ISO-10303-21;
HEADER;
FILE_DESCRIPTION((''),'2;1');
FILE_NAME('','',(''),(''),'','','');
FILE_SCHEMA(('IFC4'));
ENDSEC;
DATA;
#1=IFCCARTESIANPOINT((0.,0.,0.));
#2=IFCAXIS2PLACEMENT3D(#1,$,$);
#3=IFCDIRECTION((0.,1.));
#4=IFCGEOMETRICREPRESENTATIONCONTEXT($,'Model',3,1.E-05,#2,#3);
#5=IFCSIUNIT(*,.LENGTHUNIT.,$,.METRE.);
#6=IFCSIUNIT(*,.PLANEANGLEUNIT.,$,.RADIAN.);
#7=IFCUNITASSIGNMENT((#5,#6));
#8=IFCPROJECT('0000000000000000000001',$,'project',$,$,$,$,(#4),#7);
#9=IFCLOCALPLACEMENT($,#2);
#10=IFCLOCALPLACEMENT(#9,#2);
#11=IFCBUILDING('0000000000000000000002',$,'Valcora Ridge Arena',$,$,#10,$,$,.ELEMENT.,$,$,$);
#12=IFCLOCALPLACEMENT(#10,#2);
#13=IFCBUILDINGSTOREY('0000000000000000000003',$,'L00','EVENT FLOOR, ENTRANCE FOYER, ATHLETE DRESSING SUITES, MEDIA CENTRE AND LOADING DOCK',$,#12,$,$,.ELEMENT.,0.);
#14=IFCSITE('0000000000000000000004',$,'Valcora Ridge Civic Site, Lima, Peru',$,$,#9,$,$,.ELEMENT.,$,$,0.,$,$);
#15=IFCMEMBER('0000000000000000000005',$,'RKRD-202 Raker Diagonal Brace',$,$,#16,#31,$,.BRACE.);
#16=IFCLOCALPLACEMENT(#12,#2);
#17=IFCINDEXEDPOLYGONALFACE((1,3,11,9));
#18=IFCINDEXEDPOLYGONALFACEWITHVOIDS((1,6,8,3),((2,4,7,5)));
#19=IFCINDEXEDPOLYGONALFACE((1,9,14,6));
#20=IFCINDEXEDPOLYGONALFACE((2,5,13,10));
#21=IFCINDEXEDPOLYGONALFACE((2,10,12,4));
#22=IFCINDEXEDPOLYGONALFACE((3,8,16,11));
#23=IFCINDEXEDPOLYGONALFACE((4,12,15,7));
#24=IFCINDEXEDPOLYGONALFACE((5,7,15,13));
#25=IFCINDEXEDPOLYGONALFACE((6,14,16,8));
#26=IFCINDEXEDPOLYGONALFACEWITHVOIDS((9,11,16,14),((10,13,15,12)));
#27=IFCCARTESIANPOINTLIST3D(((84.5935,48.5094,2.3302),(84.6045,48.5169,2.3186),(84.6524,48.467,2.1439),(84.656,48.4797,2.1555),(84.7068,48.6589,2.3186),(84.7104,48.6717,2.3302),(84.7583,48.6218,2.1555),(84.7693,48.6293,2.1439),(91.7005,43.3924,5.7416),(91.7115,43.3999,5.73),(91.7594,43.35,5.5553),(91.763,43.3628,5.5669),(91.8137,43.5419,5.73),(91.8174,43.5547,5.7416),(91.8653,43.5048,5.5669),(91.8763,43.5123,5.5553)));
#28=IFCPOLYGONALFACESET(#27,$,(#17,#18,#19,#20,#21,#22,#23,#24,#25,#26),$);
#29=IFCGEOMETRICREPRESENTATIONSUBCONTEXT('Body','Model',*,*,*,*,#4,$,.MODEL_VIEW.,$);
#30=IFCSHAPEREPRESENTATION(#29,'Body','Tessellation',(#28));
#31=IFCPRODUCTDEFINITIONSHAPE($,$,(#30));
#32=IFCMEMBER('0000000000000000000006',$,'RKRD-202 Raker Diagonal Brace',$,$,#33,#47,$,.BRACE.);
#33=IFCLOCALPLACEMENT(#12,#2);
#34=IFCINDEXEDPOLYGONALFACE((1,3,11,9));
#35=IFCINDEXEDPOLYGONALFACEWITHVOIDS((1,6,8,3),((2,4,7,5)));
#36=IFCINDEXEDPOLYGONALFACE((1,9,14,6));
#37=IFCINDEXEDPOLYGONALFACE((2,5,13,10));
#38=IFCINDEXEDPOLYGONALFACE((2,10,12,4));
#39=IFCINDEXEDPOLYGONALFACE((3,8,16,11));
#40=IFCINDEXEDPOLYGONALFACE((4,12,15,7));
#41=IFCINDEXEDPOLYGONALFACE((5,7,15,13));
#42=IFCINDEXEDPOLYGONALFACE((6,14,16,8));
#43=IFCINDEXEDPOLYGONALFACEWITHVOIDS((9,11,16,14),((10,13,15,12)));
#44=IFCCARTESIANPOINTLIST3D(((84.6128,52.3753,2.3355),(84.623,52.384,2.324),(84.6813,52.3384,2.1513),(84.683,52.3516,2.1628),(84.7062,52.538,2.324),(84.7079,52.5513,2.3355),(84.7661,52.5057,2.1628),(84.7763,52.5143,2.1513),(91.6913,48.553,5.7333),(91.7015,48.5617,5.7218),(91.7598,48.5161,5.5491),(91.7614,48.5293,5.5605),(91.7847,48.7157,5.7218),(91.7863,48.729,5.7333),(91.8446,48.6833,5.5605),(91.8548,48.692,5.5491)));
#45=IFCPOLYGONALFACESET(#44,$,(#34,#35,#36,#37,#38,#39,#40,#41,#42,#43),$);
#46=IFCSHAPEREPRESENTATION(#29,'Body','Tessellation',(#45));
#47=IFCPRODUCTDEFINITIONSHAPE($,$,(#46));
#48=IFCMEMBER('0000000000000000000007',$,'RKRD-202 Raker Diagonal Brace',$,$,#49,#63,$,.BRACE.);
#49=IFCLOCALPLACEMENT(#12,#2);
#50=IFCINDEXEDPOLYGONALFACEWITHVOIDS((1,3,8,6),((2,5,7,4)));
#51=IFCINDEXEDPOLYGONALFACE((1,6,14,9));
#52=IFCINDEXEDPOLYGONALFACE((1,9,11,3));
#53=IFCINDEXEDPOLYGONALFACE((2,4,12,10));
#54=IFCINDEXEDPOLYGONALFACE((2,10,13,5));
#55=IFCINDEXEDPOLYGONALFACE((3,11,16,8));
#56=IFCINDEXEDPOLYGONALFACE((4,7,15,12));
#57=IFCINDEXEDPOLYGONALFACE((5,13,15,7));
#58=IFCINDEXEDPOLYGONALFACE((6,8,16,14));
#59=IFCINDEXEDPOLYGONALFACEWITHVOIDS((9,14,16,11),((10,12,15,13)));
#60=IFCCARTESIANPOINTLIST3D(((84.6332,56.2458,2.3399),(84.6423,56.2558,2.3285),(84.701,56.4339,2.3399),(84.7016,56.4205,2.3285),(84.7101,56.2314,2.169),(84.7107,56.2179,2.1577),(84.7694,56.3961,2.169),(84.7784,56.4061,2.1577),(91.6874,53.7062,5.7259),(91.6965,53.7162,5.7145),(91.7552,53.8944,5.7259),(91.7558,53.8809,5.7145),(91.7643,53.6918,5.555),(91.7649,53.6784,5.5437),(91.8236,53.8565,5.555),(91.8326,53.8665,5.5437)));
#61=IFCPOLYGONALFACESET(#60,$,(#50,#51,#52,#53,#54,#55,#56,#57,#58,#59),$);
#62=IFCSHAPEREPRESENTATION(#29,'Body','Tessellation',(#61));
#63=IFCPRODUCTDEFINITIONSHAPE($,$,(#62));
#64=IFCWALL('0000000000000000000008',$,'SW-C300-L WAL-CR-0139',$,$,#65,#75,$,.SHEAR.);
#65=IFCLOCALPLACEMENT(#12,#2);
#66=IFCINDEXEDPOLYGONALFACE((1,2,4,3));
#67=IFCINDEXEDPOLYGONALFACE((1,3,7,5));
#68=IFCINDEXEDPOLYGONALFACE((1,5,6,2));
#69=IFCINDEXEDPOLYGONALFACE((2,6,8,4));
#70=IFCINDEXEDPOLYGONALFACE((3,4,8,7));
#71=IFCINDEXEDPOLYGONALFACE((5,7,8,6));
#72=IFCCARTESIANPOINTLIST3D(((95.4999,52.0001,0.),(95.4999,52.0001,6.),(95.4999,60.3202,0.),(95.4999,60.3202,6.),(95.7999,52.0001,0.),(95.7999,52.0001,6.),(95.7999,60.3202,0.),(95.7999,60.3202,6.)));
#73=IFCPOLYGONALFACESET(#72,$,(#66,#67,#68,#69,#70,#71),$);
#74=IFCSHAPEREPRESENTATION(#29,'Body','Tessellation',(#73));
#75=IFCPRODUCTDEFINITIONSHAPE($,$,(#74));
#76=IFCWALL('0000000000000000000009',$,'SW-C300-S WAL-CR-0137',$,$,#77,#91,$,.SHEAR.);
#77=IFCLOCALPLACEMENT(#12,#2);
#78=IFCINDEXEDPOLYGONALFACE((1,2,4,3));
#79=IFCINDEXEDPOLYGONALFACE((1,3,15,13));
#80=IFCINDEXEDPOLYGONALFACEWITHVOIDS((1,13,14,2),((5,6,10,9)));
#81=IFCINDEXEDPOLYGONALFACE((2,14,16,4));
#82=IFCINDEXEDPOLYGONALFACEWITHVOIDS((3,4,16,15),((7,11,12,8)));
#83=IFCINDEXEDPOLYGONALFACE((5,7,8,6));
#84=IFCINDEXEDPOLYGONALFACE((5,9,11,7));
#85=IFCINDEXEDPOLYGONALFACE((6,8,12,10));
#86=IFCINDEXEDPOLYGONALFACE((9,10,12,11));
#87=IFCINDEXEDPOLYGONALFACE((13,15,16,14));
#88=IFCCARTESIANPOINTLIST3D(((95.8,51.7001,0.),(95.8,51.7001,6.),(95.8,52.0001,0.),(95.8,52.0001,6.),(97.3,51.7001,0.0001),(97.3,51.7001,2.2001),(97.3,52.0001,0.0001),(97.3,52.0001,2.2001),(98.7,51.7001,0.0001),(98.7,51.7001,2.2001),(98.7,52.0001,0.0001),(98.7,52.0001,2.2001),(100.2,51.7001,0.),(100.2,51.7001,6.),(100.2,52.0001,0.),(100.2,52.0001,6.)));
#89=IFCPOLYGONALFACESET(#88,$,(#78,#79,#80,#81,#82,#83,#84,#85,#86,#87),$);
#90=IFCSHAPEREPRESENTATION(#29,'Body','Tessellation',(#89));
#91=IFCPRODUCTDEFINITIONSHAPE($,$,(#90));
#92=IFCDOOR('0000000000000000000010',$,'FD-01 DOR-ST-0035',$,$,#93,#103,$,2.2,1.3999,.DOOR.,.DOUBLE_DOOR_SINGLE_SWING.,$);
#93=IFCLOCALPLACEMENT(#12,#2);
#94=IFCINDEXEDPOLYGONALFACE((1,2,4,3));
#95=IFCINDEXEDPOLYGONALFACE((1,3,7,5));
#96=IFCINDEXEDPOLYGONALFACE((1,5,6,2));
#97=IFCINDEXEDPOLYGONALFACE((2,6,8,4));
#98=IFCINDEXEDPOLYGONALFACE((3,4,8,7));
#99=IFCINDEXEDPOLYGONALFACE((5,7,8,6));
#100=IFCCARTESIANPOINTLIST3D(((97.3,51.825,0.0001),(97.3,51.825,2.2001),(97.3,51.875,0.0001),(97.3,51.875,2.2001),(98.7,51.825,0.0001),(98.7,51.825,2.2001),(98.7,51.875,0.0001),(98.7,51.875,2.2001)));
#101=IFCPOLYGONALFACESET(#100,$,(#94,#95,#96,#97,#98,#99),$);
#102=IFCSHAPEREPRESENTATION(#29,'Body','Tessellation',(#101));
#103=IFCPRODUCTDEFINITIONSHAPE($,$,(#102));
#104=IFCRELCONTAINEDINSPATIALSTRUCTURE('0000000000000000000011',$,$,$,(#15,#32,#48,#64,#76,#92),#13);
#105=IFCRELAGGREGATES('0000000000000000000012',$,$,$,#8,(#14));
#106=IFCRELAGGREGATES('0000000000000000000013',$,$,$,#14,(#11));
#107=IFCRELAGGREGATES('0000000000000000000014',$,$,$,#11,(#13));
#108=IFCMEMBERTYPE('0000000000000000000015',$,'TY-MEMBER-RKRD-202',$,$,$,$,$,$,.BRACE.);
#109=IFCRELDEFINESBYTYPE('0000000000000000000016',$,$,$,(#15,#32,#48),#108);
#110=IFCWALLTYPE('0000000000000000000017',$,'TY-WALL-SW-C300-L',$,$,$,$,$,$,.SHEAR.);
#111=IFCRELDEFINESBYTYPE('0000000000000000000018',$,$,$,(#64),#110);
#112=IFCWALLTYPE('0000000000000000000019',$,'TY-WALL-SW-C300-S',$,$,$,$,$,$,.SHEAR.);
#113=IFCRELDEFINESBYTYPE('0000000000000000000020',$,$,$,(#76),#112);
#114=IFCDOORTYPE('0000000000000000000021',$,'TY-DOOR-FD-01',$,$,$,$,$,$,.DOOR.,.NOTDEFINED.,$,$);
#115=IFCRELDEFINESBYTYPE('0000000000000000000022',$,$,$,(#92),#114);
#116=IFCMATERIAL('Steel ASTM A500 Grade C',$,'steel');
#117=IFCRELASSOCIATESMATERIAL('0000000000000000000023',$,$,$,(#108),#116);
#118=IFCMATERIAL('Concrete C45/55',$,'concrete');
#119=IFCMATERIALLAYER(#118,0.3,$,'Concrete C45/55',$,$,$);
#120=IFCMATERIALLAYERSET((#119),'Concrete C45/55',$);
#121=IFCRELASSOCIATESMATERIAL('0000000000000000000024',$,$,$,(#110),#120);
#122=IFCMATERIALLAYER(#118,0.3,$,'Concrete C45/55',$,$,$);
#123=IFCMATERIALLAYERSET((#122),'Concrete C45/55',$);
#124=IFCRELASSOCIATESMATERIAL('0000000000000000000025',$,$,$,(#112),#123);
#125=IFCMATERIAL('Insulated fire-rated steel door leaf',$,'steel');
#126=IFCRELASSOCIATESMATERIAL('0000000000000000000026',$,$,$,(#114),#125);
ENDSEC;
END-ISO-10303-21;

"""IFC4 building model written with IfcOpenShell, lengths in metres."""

from ifc_helpers import new_model, si_unit, direction, frame, frame_2d, origin, origin_2d, place, context, subcontext, project, spatial, rectangle, hollow_rectangle, extrude, material, layer, layer_set, material_profile, profile_set, type_object, element, fill, save


model = new_model("IFC4")

# Units and contexts
model_context = context("Model", 3, precision=1e-05, world=origin(), true_north=direction((0.0, 1.0)))
body_context = subcontext(model_context, "Body", "Model", "MODEL_VIEW")
ifc_project = project(units=[si_unit("LENGTHUNIT", "METRE"), si_unit("PLANEANGLEUNIT", "RADIAN")], contexts=[model_context])

# Site, building, storey
site_placement = place(None, origin())
site = spatial("IfcSite", under=ifc_project, at=site_placement, Name="Valcora Ridge Civic Site, Lima, Peru", CompositionType="ELEMENT", RefElevation=0.0)
building_placement = place(site_placement, origin())
building = spatial("IfcBuilding", under=site, at=building_placement, Name="Valcora Ridge Arena", CompositionType="ELEMENT")
storey_placement = place(building_placement, origin())
storey = spatial("IfcBuildingStorey", under=building, at=storey_placement, Name="L00", Description="EVENT FLOOR, ENTRANCE FOYER, ATHLETE DRESSING SUITES, MEDIA CENTRE AND LOADING DOCK", CompositionType="ELEMENT", Elevation=0.0)

# Members
ifc_material_1 = material(Name="Steel ASTM A500 Grade C", Category="steel")
ifc_material_profile_1 = material_profile(ifc_material_1, hollow_rectangle(XDim=0.2, YDim=0.2, WallThickness=0.0125, at=origin_2d()), Name="HSS200X200X12")
ifc_profile_set_1 = profile_set([ifc_material_profile_1], Name="Steel ASTM A500 Grade C")
member_type_1 = type_object("IfcMemberType", Name="TY-MEMBER-RKRD-202", PredefinedType="BRACE", material=ifc_profile_set_1)
member_1_placement = place(storey_placement, frame((84.6814, 48.5693, 2.2371), z_axis=(0.756189, -0.544451, 0.362976), x_axis=(0.584301, 0.811537, 0.0)))
element("IfcMember", 1, at=member_1_placement, inside=storey, type_object=member_type_1, Name="RKRD-202 Raker Diagonal Brace", PredefinedType="BRACE", context=body_context, shape_type="SweptSolid", body=[
    extrude(hollow_rectangle(XDim=0.2, YDim=0.2, WallThickness=0.0125, at=origin_2d()), origin(), (0.0, 0.0, 1.0), 9.3984),
])
member_2_placement = place(storey_placement, frame((84.6946, 52.4448, 2.2434), z_axis=(0.810573, -0.437703, 0.389085), x_axis=(0.475144, 0.879908, 0.0)))
element("IfcMember", 2, at=member_2_placement, inside=storey, type_object=member_type_1, Name="RKRD-202 Raker Diagonal Brace", PredefinedType="BRACE", context=body_context, shape_type="SweptSolid", body=[
    extrude(hollow_rectangle(XDim=0.2, YDim=0.2, WallThickness=0.0125, at=origin_2d()), origin(), (0.0, 0.0, 1.0), 8.7327),
])
member_3_placement = place(storey_placement, frame((84.7058, 56.3259, 2.2488), z_axis=(0.857493, -0.308702, 0.411593), x_axis=(0.338724, 0.940886, 0.0)))
element("IfcMember", 3, at=member_3_placement, inside=storey, type_object=member_type_1, Name="RKRD-202 Raker Diagonal Brace", PredefinedType="BRACE", context=body_context, shape_type="SweptSolid", body=[
    extrude(hollow_rectangle(XDim=0.2, YDim=0.2, WallThickness=0.0125, at=origin_2d()), origin(), (0.0, 0.0, 1.0), 8.2266),
])

# Wall
ifc_material_2 = material(Name="Concrete C45/55", Category="concrete")
ifc_layer_1 = layer(ifc_material_2, 0.3, Name="Concrete C45/55")
ifc_layer_set_1 = layer_set([ifc_layer_1], Name="Concrete C45/55")
wall_type_1 = type_object("IfcWallType", Name="TY-WALL-SW-C300-L", PredefinedType="SHEAR", material=ifc_layer_set_1)
wall_1_placement = place(storey_placement, frame((95.6499, 52.0, 0.0), z_axis=(0.0, 0.0, 1.0), x_axis=(0.0, 1.0, 0.0)))
element("IfcWall", 4, at=wall_1_placement, inside=storey, type_object=wall_type_1, Name="SW-C300-L WAL-CR-0139", PredefinedType="SHEAR", context=body_context, shape_type="SweptSolid", body=[
    extrude(rectangle(XDim=8.3201, YDim=0.3, at=frame_2d((4.1602, 0.0))), origin(), (0.0, 0.0, 1.0), 6.0),
])

# Wall, opening, door
ifc_layer_2 = layer(ifc_material_2, 0.3, Name="Concrete C45/55")
ifc_layer_set_2 = layer_set([ifc_layer_2], Name="Concrete C45/55")
wall_type_2 = type_object("IfcWallType", Name="TY-WALL-SW-C300-S", PredefinedType="SHEAR", material=ifc_layer_set_2)
wall_2_placement = place(storey_placement, frame((95.8, 51.8501, 0.0), z_axis=(0.0, 0.0, 1.0), x_axis=(1.0, 0.0, 0.0)))
wall_2 = element("IfcWall", 5, at=wall_2_placement, inside=storey, type_object=wall_type_2, Name="SW-C300-S WAL-CR-0137", PredefinedType="SHEAR", context=body_context, shape_type="SweptSolid", body=[
    extrude(rectangle(XDim=4.3999, YDim=0.3, at=frame_2d((2.2, 0.0))), origin(), (0.0, 0.0, 1.0), 6.0),
])
opening_placement = place(wall_2_placement, frame((1.5, 0.0, 0.0)))
opening = element("IfcOpeningElement", 6, at=opening_placement, cuts=wall_2, PredefinedType="OPENING", context=body_context, shape_type="SweptSolid", body=[
    extrude(rectangle(XDim=1.3999, YDim=2.2, at=frame_2d((0.7, 1.1001))), frame((0.0, 0.1599, 0.0), z_axis=(0.0, -1.0, 0.0), x_axis=(1.0, 0.0, 0.0)), (0.0, 0.0, 1.0), 0.3201),
])
ifc_material_3 = material(Name="Insulated fire-rated steel door leaf", Category="steel")
door_type = type_object("IfcDoorType", Name="TY-DOOR-FD-01", OperationType="NOTDEFINED", PredefinedType="DOOR", material=ifc_material_3)
door_placement = place(opening_placement, origin())
door = element("IfcDoor", 7, at=door_placement, inside=storey, type_object=door_type, Name="FD-01 DOR-ST-0035", OperationType="DOUBLE_DOOR_SINGLE_SWING", OverallHeight=2.2, OverallWidth=1.3999, PredefinedType="DOOR", context=body_context, shape_type="SweptSolid", body=[
    extrude(rectangle(XDim=1.3999, YDim=2.2, at=frame_2d((0.7, 1.1001))), frame((0.0, 0.0249, 0.0), z_axis=(0.0, -1.0, 0.0), x_axis=(1.0, 0.0, 0.0)), (0.0, 0.0, 1.0), 0.05),
])
fill(opening, door)

save(model, "model.ifc")
